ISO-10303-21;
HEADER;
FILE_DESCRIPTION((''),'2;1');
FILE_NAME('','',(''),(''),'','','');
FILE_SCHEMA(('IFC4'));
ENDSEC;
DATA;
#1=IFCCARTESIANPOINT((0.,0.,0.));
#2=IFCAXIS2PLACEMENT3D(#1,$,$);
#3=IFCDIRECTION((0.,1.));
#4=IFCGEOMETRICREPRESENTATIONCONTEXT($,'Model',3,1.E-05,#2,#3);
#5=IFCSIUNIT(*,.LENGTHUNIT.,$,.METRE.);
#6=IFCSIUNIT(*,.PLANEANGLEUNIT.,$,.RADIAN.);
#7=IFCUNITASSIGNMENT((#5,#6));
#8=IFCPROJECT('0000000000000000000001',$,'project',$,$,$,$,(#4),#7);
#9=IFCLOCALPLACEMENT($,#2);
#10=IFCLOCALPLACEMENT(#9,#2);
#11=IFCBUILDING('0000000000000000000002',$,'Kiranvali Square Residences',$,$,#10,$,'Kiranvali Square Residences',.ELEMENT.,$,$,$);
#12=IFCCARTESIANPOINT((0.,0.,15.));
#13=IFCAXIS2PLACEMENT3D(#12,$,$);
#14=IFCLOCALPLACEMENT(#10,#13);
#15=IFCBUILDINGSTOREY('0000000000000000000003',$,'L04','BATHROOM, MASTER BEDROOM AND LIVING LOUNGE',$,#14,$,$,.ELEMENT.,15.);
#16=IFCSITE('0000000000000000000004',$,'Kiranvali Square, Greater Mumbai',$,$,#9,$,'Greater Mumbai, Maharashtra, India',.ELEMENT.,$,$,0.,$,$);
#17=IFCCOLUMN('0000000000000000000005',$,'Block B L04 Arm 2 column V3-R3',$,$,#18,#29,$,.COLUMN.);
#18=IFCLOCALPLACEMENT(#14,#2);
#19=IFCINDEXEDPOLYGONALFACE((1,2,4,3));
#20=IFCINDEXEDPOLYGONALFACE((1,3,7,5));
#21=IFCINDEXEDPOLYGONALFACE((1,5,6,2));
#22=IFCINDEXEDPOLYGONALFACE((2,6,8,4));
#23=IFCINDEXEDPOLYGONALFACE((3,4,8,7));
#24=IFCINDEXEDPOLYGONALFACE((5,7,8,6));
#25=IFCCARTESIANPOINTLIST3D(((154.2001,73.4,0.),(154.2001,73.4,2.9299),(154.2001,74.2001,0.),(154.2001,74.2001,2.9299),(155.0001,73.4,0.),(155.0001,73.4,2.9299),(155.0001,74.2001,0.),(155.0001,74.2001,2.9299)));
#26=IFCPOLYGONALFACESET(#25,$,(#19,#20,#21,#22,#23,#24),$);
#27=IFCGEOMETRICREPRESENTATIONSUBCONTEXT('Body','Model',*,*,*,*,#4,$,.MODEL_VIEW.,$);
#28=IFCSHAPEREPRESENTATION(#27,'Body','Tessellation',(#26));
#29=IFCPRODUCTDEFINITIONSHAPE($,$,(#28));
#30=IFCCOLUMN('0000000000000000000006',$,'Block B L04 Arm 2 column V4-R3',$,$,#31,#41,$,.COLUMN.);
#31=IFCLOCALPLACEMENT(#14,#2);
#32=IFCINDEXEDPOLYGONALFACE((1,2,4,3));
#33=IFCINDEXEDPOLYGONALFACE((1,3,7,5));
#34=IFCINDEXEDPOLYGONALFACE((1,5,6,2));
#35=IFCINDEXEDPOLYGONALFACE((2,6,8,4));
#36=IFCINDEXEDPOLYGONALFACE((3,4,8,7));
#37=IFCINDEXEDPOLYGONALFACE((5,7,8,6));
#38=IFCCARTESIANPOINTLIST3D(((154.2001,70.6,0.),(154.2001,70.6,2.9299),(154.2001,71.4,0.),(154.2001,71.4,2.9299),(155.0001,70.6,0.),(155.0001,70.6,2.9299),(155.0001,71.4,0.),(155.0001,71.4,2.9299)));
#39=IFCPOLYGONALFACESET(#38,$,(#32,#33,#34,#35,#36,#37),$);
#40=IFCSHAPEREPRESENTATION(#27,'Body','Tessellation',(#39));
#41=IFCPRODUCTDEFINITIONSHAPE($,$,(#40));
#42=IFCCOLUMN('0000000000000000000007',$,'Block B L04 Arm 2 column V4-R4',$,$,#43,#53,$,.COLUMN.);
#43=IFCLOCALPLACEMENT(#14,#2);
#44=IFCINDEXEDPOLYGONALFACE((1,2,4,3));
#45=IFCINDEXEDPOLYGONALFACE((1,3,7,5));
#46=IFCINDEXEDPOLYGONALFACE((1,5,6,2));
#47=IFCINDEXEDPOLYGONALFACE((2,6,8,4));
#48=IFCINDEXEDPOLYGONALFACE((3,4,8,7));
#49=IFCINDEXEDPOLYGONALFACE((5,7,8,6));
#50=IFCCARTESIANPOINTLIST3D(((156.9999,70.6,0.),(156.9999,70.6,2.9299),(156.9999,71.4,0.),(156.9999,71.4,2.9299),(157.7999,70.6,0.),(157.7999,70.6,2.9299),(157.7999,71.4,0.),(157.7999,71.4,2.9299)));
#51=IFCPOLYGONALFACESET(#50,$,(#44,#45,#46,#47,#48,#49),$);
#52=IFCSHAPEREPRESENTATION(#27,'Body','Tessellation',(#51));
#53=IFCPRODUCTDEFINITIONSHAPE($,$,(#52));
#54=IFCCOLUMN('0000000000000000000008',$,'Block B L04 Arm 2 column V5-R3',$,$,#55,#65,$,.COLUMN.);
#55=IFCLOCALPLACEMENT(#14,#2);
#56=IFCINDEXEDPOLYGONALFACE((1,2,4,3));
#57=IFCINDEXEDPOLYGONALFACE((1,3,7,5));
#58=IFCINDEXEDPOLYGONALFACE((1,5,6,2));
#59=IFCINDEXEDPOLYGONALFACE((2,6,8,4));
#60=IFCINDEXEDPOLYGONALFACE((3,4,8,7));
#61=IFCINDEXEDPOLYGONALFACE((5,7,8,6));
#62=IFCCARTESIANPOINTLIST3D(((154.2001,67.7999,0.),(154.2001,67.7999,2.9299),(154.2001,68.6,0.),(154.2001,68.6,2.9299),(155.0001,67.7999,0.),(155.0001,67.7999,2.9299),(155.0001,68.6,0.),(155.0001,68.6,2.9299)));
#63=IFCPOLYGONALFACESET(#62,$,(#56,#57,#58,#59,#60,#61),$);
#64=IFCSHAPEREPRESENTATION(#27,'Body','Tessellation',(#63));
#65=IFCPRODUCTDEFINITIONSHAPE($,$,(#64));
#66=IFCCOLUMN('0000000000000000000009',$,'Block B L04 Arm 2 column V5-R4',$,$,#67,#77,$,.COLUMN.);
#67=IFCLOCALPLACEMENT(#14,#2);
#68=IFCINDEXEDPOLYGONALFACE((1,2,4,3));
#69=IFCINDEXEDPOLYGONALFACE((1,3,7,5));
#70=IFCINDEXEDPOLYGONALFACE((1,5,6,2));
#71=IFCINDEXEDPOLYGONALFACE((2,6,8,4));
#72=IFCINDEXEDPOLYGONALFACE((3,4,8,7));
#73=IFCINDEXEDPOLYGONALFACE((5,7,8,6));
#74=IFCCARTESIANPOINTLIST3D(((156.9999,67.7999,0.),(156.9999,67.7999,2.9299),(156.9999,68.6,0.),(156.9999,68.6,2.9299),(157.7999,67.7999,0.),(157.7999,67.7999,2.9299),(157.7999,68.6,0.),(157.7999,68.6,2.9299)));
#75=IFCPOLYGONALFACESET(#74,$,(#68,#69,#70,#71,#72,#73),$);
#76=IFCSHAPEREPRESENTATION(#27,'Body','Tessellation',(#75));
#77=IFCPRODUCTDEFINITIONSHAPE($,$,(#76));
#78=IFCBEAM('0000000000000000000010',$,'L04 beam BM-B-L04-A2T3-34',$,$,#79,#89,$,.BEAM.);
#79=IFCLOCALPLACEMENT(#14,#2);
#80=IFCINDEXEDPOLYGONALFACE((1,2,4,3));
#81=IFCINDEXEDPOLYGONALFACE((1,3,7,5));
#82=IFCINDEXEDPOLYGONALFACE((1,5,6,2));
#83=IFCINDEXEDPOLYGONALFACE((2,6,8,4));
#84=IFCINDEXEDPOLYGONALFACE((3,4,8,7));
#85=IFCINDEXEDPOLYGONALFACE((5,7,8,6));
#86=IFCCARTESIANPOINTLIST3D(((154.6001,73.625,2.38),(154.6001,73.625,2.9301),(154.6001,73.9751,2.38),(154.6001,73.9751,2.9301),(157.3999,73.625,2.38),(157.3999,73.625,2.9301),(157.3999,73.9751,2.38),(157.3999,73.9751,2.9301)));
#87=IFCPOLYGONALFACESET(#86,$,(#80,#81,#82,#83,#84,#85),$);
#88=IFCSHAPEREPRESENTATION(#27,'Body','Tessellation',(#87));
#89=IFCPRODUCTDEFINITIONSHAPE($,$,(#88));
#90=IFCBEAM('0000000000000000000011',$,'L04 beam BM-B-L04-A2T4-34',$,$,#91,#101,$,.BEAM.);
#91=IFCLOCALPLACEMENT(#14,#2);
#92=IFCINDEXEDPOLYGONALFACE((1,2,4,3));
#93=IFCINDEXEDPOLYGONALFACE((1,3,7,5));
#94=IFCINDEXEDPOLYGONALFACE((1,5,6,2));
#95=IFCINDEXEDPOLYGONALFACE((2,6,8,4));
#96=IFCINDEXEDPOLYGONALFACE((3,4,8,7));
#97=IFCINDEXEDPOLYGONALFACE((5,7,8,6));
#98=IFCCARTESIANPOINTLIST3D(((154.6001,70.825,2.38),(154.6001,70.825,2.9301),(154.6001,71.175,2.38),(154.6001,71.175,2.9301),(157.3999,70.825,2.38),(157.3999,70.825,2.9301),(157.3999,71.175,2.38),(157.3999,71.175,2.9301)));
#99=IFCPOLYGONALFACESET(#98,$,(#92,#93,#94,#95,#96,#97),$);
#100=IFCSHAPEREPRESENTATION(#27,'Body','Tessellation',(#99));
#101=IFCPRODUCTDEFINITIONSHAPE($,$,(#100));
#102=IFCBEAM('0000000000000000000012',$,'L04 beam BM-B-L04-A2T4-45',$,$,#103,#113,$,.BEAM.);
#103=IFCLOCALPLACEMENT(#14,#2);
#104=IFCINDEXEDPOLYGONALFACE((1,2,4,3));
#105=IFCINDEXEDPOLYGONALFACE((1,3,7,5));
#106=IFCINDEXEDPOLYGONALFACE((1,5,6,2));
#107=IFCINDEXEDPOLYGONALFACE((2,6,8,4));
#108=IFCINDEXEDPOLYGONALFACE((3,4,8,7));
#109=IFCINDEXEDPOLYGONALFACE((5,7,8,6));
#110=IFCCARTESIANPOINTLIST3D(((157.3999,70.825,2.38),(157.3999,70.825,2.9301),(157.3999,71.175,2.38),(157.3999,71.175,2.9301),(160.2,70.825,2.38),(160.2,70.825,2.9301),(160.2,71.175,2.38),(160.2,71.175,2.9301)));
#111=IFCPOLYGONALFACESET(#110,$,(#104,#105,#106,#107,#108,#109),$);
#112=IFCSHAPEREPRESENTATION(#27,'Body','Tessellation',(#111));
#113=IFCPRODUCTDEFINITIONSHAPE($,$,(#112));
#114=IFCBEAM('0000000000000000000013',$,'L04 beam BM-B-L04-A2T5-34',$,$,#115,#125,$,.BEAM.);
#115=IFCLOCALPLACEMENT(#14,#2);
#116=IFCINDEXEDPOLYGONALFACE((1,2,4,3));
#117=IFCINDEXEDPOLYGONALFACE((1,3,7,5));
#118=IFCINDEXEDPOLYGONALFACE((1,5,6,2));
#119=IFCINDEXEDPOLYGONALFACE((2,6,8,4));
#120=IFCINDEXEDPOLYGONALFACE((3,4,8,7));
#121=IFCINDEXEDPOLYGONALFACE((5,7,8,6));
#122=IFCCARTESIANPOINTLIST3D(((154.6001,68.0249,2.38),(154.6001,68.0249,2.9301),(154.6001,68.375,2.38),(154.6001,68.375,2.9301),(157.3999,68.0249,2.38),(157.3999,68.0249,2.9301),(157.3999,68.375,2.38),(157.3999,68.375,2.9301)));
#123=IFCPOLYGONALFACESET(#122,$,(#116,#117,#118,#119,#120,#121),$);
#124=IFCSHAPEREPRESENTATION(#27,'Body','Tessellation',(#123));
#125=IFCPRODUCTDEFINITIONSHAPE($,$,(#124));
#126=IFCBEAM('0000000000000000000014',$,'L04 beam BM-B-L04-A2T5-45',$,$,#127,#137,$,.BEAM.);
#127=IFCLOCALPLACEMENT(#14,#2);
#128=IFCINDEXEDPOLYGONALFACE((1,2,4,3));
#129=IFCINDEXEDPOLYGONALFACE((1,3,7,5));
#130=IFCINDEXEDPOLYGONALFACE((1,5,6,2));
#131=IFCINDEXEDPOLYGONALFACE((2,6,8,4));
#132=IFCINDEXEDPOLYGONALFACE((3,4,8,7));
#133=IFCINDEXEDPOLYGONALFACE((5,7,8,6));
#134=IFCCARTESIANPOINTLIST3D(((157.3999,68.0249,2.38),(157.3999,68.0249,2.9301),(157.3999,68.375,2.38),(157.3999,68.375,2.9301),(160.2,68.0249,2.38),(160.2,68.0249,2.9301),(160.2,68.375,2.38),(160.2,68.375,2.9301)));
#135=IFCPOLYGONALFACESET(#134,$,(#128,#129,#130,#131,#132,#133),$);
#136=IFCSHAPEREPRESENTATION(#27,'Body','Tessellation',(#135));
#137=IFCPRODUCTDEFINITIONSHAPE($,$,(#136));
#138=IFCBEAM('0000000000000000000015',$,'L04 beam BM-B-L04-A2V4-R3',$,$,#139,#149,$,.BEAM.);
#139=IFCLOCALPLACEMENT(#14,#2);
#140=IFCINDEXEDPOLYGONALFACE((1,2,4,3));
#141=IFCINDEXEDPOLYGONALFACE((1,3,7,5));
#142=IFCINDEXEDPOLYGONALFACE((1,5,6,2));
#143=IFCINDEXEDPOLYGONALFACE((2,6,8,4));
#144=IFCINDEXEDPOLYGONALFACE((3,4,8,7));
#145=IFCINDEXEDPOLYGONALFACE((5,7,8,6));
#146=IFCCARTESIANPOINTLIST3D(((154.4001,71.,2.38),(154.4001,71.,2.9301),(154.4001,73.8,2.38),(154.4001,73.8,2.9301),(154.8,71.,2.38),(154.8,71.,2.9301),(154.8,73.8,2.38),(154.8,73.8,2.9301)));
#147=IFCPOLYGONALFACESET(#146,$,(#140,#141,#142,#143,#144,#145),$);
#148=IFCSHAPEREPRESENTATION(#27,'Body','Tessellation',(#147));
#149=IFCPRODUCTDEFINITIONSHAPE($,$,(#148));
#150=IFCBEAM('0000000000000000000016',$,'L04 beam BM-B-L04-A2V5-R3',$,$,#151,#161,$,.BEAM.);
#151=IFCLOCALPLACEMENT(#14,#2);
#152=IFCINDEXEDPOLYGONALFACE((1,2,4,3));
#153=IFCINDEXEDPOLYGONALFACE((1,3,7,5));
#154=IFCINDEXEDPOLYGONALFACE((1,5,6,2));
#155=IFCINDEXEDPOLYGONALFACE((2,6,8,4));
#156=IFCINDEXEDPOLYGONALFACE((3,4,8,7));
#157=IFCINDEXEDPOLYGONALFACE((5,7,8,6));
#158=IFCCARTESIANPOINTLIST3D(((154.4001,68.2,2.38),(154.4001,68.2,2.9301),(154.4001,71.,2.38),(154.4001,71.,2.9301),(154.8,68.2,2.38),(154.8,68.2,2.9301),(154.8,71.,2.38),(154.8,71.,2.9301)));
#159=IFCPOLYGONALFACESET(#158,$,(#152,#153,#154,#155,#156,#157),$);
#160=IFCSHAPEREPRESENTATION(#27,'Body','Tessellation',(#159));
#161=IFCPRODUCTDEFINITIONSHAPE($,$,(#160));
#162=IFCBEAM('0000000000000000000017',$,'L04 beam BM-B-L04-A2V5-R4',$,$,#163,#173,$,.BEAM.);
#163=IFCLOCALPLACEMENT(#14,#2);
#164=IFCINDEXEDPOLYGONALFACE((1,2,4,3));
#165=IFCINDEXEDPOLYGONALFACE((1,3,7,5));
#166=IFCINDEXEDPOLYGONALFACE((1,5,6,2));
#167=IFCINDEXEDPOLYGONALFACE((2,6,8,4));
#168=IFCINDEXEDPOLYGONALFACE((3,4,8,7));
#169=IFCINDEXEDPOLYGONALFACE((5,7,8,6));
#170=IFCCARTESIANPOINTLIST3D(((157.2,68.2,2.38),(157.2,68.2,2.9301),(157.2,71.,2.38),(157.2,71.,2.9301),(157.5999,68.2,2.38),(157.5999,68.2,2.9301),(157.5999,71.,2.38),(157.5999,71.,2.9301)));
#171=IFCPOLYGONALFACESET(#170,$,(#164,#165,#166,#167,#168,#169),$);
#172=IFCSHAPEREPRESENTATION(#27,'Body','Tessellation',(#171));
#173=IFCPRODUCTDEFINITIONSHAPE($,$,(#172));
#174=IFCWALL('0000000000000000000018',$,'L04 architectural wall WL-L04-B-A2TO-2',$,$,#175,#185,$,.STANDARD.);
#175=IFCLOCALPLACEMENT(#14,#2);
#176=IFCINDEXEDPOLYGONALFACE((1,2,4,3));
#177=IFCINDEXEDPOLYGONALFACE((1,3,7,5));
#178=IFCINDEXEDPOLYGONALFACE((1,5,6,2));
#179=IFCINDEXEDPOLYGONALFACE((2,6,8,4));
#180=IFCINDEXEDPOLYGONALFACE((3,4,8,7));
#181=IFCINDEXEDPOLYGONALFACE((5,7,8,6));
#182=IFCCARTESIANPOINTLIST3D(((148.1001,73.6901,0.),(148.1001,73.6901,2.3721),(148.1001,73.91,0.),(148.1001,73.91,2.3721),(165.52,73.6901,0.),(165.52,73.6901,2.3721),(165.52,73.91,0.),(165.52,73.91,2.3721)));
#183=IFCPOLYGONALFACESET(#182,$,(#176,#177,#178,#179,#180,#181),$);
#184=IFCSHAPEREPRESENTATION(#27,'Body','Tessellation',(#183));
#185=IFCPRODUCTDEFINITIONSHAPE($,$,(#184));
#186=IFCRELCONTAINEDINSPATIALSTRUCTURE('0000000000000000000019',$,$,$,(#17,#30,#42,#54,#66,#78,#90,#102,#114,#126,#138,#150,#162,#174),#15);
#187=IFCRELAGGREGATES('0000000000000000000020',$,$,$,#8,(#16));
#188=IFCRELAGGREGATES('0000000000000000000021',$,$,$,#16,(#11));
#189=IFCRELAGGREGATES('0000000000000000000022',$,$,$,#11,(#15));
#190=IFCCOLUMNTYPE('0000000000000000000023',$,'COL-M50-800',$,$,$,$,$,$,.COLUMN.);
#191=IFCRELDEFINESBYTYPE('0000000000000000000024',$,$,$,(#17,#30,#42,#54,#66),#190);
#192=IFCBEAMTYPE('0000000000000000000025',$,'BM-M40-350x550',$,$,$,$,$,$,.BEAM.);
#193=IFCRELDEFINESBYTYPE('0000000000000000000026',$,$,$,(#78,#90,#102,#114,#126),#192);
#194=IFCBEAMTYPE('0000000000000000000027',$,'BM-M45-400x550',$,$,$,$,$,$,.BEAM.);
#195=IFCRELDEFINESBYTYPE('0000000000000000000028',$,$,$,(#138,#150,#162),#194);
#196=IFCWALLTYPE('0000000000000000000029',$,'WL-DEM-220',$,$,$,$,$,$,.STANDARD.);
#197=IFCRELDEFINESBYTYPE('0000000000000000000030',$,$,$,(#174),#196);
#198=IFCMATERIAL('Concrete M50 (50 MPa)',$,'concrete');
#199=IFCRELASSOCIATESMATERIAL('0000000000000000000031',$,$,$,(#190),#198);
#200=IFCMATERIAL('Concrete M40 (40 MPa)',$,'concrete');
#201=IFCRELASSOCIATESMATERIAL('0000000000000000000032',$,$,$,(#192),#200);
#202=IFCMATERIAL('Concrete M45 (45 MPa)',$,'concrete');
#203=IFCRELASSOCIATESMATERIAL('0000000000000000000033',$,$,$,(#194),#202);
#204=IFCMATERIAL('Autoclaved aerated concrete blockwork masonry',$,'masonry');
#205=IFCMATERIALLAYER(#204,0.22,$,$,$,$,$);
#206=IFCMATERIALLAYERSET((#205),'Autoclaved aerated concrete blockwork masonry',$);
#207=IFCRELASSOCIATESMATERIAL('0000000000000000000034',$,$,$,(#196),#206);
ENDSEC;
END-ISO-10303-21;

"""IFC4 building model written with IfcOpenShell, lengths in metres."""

from ifc_helpers import new_model, si_unit, direction, frame, frame_2d, origin, origin_2d, place, context, subcontext, project, spatial, rectangle, extrude, material, layer, layer_set, material_profile, profile_set, type_object, element, save


model = new_model("IFC4")

# Units and contexts
model_context = context("Model", 3, precision=1e-05, world=origin(), true_north=direction((0.0, 1.0)))
body_context = subcontext(model_context, "Body", "Model", "MODEL_VIEW")
ifc_project = project(units=[si_unit("LENGTHUNIT", "METRE"), si_unit("PLANEANGLEUNIT", "RADIAN")], contexts=[model_context])

# Site, building, storey
site_placement = place(None, origin())
site = spatial("IfcSite", under=ifc_project, at=site_placement, Name="Kiranvali Square, Greater Mumbai", LongName="Greater Mumbai, Maharashtra, India", CompositionType="ELEMENT", RefElevation=0.0)
building_placement = place(site_placement, origin())
building = spatial("IfcBuilding", under=site, at=building_placement, Name="Kiranvali Square Residences", LongName="Kiranvali Square Residences", CompositionType="ELEMENT")
storey_placement = place(building_placement, frame((0.0, 0.0, 15.0)))
storey = spatial("IfcBuildingStorey", under=building, at=storey_placement, Name="L04", Description="BATHROOM, MASTER BEDROOM AND LIVING LOUNGE", CompositionType="ELEMENT", Elevation=15.0)

# Columns
ifc_material_1 = material(Name="Concrete M50 (50 MPa)", Category="concrete")
ifc_material_profile_1 = material_profile(ifc_material_1, rectangle(XDim=0.8, YDim=0.8, at=origin_2d()), Name="RC 800x800")
ifc_profile_set_1 = profile_set([ifc_material_profile_1], Name="Concrete M50 (50 MPa)")
column_type = type_object("IfcColumnType", Name="COL-M50-800", PredefinedType="COLUMN", material=ifc_profile_set_1)
for number, where, z_axis, x_axis, name in (
    (1, (154.6001, 73.8, 0.0), (0.0, 0.0, 1.0), (1.0, 0.0, 0.0), "Block B L04 Arm 2 column V3-R3"),
    (2, (154.6001, 71.0, 0.0), (0.0, 0.0, 1.0), (1.0, 0.0, 0.0), "Block B L04 Arm 2 column V4-R3"),
    (3, (157.3999, 71.0, 0.0), (0.0, 0.0, 1.0), (1.0, 0.0, 0.0), "Block B L04 Arm 2 column V4-R4"),
    (4, (154.6001, 68.2, 0.0), (0.0, 0.0, 1.0), (1.0, 0.0, 0.0), "Block B L04 Arm 2 column V5-R3"),
    (5, (157.3999, 68.2, 0.0), (0.0, 0.0, 1.0), (1.0, 0.0, 0.0), "Block B L04 Arm 2 column V5-R4"),
):
    element("IfcColumn", number, at=place(storey_placement, frame(where, z_axis=z_axis, x_axis=x_axis)), inside=storey, type_object=column_type, Name=name, PredefinedType="COLUMN", context=body_context, shape_type="SweptSolid", body=[
        extrude(rectangle(XDim=0.8, YDim=0.8, at=origin_2d()), origin(), (0.0, 0.0, 1.0), 2.9299),
    ])

# Beams
ifc_material_2 = material(Name="Concrete M40 (40 MPa)", Category="concrete")
ifc_material_profile_2 = material_profile(ifc_material_2, rectangle(XDim=0.3501, YDim=0.55, at=origin_2d()), Name="RC 350x550")
ifc_profile_set_2 = profile_set([ifc_material_profile_2], Name="Concrete M40 (40 MPa)")
beam_type_1 = type_object("IfcBeamType", Name="BM-M40-350x550", PredefinedType="BEAM", material=ifc_profile_set_2)
for number, where, z_axis, x_axis, name in (
    (6, (154.6001, 73.8, 2.655), (1.0, 0.0, 0.0), (0.0, 1.0, 0.0), "L04 beam BM-B-L04-A2T3-34"),
    (7, (154.6001, 71.0, 2.655), (1.0, 0.0, 0.0), (0.0, 1.0, 0.0), "L04 beam BM-B-L04-A2T4-34"),
):
    element("IfcBeam", number, at=place(storey_placement, frame(where, z_axis=z_axis, x_axis=x_axis)), inside=storey, type_object=beam_type_1, Name=name, PredefinedType="BEAM", context=body_context, shape_type="SweptSolid", body=[
        extrude(rectangle(XDim=0.3501, YDim=0.55, at=origin_2d()), origin(), (0.0, 0.0, 1.0), 2.7998),
    ])
beam_1_placement = place(storey_placement, frame((157.3999, 71.0, 2.655), z_axis=(1.0, 0.0, 0.0), x_axis=(0.0, 1.0, 0.0)))
element("IfcBeam", 8, at=beam_1_placement, inside=storey, type_object=beam_type_1, Name="L04 beam BM-B-L04-A2T4-45", PredefinedType="BEAM", context=body_context, shape_type="SweptSolid", body=[
    extrude(rectangle(XDim=0.3501, YDim=0.55, at=origin_2d()), origin(), (0.0, 0.0, 1.0), 2.8),
])
beam_2_placement = place(storey_placement, frame((154.6001, 68.2, 2.655), z_axis=(1.0, 0.0, 0.0), x_axis=(0.0, 1.0, 0.0)))
element("IfcBeam", 9, at=beam_2_placement, inside=storey, type_object=beam_type_1, Name="L04 beam BM-B-L04-A2T5-34", PredefinedType="BEAM", context=body_context, shape_type="SweptSolid", body=[
    extrude(rectangle(XDim=0.3501, YDim=0.55, at=origin_2d()), origin(), (0.0, 0.0, 1.0), 2.7998),
])
beam_3_placement = place(storey_placement, frame((157.3999, 68.2, 2.655), z_axis=(1.0, 0.0, 0.0), x_axis=(0.0, 1.0, 0.0)))
element("IfcBeam", 10, at=beam_3_placement, inside=storey, type_object=beam_type_1, Name="L04 beam BM-B-L04-A2T5-45", PredefinedType="BEAM", context=body_context, shape_type="SweptSolid", body=[
    extrude(rectangle(XDim=0.3501, YDim=0.55, at=origin_2d()), origin(), (0.0, 0.0, 1.0), 2.8),
])
ifc_material_3 = material(Name="Concrete M45 (45 MPa)", Category="concrete")
ifc_material_profile_3 = material_profile(ifc_material_3, rectangle(XDim=0.3999, YDim=0.55, at=origin_2d()), Name="RC 400x550")
ifc_profile_set_3 = profile_set([ifc_material_profile_3], Name="Concrete M45 (45 MPa)")
beam_type_2 = type_object("IfcBeamType", Name="BM-M45-400x550", PredefinedType="BEAM", material=ifc_profile_set_3)
for number, where, z_axis, x_axis, name in (
    (11, (154.6001, 73.8, 2.655), (0.0, -1.0, 0.0), (1.0, 0.0, 0.0), "L04 beam BM-B-L04-A2V4-R3"),
    (12, (154.6001, 71.0, 2.655), (0.0, -1.0, 0.0), (1.0, 0.0, 0.0), "L04 beam BM-B-L04-A2V5-R3"),
    (13, (157.3999, 71.0, 2.655), (0.0, -1.0, 0.0), (1.0, 0.0, 0.0), "L04 beam BM-B-L04-A2V5-R4"),
):
    element("IfcBeam", number, at=place(storey_placement, frame(where, z_axis=z_axis, x_axis=x_axis)), inside=storey, type_object=beam_type_2, Name=name, PredefinedType="BEAM", context=body_context, shape_type="SweptSolid", body=[
        extrude(rectangle(XDim=0.3999, YDim=0.55, at=origin_2d()), origin(), (0.0, 0.0, 1.0), 2.8),
    ])

# Wall
ifc_material_4 = material(Name="Autoclaved aerated concrete blockwork masonry", Category="masonry")
ifc_layer_1 = layer(ifc_material_4, 0.22)
ifc_layer_set_1 = layer_set([ifc_layer_1], Name="Autoclaved aerated concrete blockwork masonry")
wall_type_1 = type_object("IfcWallType", Name="WL-DEM-220", PredefinedType="STANDARD", material=ifc_layer_set_1)
wall_1_placement = place(storey_placement, frame((148.1001, 73.8, 0.0), z_axis=(0.0, 0.0, 1.0), x_axis=(1.0, 0.0, 0.0)))
element("IfcWall", 14, at=wall_1_placement, inside=storey, type_object=wall_type_1, Name="L04 architectural wall WL-L04-B-A2TO-2", PredefinedType="STANDARD", context=body_context, shape_type="SweptSolid", body=[
    extrude(rectangle(XDim=17.4199, YDim=0.22, at=frame_2d((8.71, 0.0))), origin(), (0.0, 0.0, 1.0), 2.3721),
])

save(model, "model.ifc")
